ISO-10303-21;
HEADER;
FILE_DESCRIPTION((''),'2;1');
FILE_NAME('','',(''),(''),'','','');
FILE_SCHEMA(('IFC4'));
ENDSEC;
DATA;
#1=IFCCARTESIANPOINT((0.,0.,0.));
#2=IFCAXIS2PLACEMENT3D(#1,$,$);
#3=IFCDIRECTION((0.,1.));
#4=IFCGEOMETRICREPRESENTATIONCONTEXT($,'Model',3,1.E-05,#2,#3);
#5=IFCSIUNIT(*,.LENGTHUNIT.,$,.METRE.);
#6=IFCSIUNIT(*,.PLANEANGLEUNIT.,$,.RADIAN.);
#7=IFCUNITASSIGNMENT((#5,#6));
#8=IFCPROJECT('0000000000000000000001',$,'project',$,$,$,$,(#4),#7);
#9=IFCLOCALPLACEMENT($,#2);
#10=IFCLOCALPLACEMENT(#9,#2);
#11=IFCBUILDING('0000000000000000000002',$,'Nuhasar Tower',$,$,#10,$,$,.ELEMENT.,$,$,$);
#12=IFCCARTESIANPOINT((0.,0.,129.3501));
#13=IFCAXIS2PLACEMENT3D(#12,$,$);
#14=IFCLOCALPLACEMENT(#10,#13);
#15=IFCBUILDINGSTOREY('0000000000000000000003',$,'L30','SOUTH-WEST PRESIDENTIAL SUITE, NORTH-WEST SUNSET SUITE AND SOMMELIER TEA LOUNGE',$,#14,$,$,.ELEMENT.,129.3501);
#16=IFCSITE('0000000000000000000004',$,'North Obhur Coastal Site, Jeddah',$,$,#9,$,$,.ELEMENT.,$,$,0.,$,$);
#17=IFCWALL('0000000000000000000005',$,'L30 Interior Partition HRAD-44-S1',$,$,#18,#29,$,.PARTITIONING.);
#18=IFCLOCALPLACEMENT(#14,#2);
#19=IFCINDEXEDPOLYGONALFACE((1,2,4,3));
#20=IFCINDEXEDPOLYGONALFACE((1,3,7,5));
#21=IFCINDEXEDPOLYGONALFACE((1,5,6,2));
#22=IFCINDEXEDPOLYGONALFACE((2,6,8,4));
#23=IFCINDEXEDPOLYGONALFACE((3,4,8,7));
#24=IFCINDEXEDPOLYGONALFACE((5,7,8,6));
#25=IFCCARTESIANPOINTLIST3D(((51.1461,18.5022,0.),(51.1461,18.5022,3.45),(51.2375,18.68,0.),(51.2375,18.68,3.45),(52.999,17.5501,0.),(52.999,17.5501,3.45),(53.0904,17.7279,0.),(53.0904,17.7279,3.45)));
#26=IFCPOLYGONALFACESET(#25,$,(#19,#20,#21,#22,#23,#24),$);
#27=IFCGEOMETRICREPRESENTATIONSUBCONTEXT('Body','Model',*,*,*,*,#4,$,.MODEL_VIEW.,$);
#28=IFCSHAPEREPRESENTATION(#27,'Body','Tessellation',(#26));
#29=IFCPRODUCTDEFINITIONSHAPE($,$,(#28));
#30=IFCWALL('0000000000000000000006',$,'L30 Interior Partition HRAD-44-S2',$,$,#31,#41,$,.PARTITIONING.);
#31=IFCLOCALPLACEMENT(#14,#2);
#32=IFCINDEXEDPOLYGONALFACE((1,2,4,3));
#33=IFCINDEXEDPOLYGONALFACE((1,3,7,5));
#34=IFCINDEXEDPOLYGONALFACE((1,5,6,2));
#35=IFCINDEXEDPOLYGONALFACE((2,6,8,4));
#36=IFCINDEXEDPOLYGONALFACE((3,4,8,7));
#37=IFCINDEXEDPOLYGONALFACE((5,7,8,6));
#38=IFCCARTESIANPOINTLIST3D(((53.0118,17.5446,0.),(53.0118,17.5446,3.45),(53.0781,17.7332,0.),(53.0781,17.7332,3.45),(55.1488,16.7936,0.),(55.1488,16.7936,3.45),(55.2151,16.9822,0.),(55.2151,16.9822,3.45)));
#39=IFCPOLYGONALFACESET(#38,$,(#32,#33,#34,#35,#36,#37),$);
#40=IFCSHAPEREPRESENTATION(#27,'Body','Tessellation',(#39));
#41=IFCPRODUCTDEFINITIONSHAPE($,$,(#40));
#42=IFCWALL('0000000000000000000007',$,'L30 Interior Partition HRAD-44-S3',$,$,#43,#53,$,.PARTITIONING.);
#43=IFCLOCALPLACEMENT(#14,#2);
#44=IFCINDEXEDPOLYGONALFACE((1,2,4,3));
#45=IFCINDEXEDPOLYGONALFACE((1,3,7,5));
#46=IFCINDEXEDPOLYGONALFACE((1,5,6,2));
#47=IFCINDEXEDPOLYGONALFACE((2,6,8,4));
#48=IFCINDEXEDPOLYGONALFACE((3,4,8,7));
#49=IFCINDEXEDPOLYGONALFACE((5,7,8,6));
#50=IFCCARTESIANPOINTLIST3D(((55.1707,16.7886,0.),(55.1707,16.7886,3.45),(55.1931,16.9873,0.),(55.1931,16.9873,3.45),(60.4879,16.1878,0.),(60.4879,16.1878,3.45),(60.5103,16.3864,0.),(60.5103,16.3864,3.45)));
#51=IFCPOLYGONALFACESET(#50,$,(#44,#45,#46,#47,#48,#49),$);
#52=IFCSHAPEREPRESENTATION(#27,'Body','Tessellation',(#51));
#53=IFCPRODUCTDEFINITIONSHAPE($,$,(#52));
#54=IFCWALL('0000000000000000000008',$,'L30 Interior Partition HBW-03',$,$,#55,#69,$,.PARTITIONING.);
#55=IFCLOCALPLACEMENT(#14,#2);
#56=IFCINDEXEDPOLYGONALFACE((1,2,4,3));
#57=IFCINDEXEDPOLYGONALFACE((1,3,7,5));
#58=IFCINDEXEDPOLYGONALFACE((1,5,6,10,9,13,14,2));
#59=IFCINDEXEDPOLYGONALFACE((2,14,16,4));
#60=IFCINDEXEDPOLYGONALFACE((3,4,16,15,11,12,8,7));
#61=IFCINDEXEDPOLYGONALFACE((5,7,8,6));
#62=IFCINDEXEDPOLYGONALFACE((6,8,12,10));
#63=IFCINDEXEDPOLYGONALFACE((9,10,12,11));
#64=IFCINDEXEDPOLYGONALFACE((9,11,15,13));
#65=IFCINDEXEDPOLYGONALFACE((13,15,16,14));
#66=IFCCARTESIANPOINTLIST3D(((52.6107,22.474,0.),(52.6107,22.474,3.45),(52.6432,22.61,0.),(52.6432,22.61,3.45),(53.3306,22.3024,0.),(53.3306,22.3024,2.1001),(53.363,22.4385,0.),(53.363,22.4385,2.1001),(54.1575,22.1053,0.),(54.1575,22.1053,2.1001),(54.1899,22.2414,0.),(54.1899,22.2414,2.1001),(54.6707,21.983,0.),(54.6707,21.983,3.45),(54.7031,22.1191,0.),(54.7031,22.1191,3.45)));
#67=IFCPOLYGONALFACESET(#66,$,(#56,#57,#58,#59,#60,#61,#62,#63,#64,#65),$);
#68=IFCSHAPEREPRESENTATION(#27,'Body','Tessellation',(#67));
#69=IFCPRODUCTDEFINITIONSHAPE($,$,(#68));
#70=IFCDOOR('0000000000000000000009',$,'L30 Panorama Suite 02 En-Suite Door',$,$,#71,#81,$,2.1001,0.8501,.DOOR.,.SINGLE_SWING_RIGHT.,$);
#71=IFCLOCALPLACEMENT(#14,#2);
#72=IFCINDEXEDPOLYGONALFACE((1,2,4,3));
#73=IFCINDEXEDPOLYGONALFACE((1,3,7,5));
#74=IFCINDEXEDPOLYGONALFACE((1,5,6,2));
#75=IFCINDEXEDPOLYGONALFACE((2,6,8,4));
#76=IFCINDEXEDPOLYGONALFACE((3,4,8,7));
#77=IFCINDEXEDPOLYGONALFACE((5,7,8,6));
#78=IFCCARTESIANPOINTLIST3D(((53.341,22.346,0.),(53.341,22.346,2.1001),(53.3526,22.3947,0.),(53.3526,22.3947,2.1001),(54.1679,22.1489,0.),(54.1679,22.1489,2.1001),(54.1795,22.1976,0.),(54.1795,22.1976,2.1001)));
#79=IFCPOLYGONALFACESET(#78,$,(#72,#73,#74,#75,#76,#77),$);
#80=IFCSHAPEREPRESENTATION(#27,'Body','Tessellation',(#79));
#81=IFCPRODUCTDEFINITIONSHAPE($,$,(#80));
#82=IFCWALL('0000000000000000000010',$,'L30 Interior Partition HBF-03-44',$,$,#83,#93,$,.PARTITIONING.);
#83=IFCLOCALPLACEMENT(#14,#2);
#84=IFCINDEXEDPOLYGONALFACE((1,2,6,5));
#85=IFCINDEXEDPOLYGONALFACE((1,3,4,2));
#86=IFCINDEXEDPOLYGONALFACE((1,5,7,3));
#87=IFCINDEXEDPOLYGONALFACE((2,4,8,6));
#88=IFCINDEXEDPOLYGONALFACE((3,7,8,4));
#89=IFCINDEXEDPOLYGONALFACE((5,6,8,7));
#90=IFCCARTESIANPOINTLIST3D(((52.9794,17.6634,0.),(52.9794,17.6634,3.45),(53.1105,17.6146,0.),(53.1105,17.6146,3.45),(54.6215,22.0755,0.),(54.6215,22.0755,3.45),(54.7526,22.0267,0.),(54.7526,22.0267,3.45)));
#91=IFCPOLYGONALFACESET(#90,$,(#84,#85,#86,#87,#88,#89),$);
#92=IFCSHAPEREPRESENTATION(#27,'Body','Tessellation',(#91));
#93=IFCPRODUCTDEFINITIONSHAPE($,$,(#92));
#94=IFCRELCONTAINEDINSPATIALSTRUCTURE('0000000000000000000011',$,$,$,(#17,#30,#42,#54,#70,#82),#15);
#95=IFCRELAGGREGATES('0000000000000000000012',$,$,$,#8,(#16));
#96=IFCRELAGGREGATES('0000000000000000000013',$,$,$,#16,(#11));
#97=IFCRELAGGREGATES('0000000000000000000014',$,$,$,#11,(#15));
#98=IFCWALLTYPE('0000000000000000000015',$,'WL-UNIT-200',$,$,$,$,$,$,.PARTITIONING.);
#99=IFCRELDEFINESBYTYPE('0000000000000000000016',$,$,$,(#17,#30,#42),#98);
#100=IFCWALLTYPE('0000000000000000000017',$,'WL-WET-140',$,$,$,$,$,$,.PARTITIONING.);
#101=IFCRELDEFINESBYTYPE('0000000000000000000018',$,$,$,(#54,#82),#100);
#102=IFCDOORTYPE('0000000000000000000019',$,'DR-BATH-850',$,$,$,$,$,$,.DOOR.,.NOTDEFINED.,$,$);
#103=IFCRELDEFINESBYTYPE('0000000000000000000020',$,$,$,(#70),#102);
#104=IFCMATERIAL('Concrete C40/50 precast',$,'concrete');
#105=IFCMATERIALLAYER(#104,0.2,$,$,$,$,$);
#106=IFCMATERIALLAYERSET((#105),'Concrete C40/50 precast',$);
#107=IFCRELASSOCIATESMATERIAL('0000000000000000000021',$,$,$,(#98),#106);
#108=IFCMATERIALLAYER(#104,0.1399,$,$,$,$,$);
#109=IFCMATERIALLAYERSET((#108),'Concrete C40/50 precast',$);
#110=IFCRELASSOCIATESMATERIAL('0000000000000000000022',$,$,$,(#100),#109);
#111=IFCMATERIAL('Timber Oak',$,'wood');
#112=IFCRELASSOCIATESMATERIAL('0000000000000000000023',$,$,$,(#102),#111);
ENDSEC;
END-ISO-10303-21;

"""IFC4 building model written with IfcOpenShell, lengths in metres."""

from ifc_helpers import new_model, si_unit, direction, frame, frame_2d, origin, place, context, subcontext, project, spatial, rectangle, extrude, material, layer, layer_set, type_object, element, fill, save


model = new_model("IFC4")

# Units and contexts
model_context = context("Model", 3, precision=1e-05, world=origin(), true_north=direction((0.0, 1.0)))
body_context = subcontext(model_context, "Body", "Model", "MODEL_VIEW")
ifc_project = project(units=[si_unit("LENGTHUNIT", "METRE"), si_unit("PLANEANGLEUNIT", "RADIAN")], contexts=[model_context])

# Site, building, storey
site_placement = place(None, origin())
site = spatial("IfcSite", under=ifc_project, at=site_placement, Name="North Obhur Coastal Site, Jeddah", CompositionType="ELEMENT", RefElevation=0.0)
building_placement = place(site_placement, origin())
building = spatial("IfcBuilding", under=site, at=building_placement, Name="Nuhasar Tower", CompositionType="ELEMENT")
storey_placement = place(building_placement, frame((0.0, 0.0, 129.3501)))
storey = spatial("IfcBuildingStorey", under=building, at=storey_placement, Name="L30", Description="SOUTH-WEST PRESIDENTIAL SUITE, NORTH-WEST SUNSET SUITE AND SOMMELIER TEA LOUNGE", CompositionType="ELEMENT", Elevation=129.3501)

# Walls
ifc_material_1 = material(Name="Concrete C40/50 precast", Category="concrete")
ifc_layer_1 = layer(ifc_material_1, 0.2)
ifc_layer_set_1 = layer_set([ifc_layer_1], Name="Concrete C40/50 precast")
wall_type_1 = type_object("IfcWallType", Name="WL-UNIT-200", PredefinedType="PARTITIONING", material=ifc_layer_set_1)
wall_1_placement = place(storey_placement, frame((51.1919, 18.5911, 0.0), z_axis=(0.0, 0.0, 1.0), x_axis=(0.889451, -0.45703, 0.0)))
element("IfcWall", 1, at=wall_1_placement, inside=storey, type_object=wall_type_1, Name="L30 Interior Partition HRAD-44-S1", PredefinedType="PARTITIONING", context=body_context, shape_type="SweptSolid", body=[
    extrude(rectangle(XDim=2.0833, YDim=0.2, at=frame_2d((1.0415, 0.0))), origin(), (0.0, 0.0, 1.0), 3.45),
])
wall_2_placement = place(storey_placement, frame((53.0449, 17.6389, 0.0), z_axis=(0.0, 0.0, 1.0), x_axis=(0.943439, -0.331546, 0.0)))
element("IfcWall", 2, at=wall_2_placement, inside=storey, type_object=wall_type_1, Name="L30 Interior Partition HRAD-44-S2", PredefinedType="PARTITIONING", context=body_context, shape_type="SweptSolid", body=[
    extrude(rectangle(XDim=2.2651, YDim=0.2, at=frame_2d((1.1326, 0.0))), origin(), (0.0, 0.0, 1.0), 3.45),
])
wall_3_placement = place(storey_placement, frame((55.1819, 16.8879, 0.0), z_axis=(0.0, 0.0, 1.0), x_axis=(0.993676, -0.112284, 0.0)))
element("IfcWall", 3, at=wall_3_placement, inside=storey, type_object=wall_type_1, Name="L30 Interior Partition HRAD-44-S3", PredefinedType="PARTITIONING", context=body_context, shape_type="SweptSolid", body=[
    extrude(rectangle(XDim=5.3511, YDim=0.2, at=frame_2d((2.6755, 0.0))), origin(), (0.0, 0.0, 1.0), 3.45),
])

# Wall, opening, door
ifc_layer_2 = layer(ifc_material_1, 0.1399)
ifc_layer_set_2 = layer_set([ifc_layer_2], Name="Concrete C40/50 precast")
wall_type_2 = type_object("IfcWallType", Name="WL-WET-140", PredefinedType="PARTITIONING", material=ifc_layer_set_2)
wall_4_placement = place(storey_placement, frame((52.627, 22.542, 0.0), z_axis=(0.0, 0.0, 1.0), x_axis=(0.972755, -0.231834, 0.0)))
wall_4 = element("IfcWall", 4, at=wall_4_placement, inside=storey, type_object=wall_type_2, Name="L30 Interior Partition HBW-03", PredefinedType="PARTITIONING", context=body_context, shape_type="SweptSolid", body=[
    extrude(rectangle(XDim=2.1177, YDim=0.1399, at=frame_2d((1.0588, 0.0))), origin(), (0.0, 0.0, 1.0), 3.45),
])
opening_1_placement = place(wall_4_placement, frame((0.74, 0.0, 0.0)))
opening_1 = element("IfcOpeningElement", 5, at=opening_1_placement, cuts=wall_4, PredefinedType="OPENING", context=body_context, shape_type="SweptSolid", body=[
    extrude(rectangle(XDim=0.8501, YDim=2.1001, at=frame_2d((0.425, 1.05))), frame((0.0, 0.0801, 0.0), z_axis=(0.0, -1.0, 0.0), x_axis=(1.0, 0.0, 0.0)), (0.0, 0.0, 1.0), 0.1599),
])
ifc_material_2 = material(Name="Timber Oak", Category="wood")
door_type_1 = type_object("IfcDoorType", Name="DR-BATH-850", OperationType="NOTDEFINED", PredefinedType="DOOR", material=ifc_material_2)
door_1_placement = place(opening_1_placement, origin())
door_1 = element("IfcDoor", 6, at=door_1_placement, inside=storey, type_object=door_type_1, Name="L30 Panorama Suite 02 En-Suite Door", OperationType="SINGLE_SWING_RIGHT", OverallHeight=2.1001, OverallWidth=0.8501, PredefinedType="DOOR", context=body_context, shape_type="SweptSolid", body=[
    extrude(rectangle(XDim=0.8501, YDim=2.1001, at=frame_2d((0.425, 1.05))), frame((0.0, 0.0249, 0.0), z_axis=(0.0, -1.0, 0.0), x_axis=(1.0, 0.0, 0.0)), (0.0, 0.0, 1.0), 0.05),
])
fill(opening_1, door_1)

# Wall
wall_5_placement = place(storey_placement, frame((53.0449, 17.6389, 0.0), z_axis=(0.0, 0.0, 1.0), x_axis=(0.348804, 0.937196, 0.0)))
element("IfcWall", 7, at=wall_5_placement, inside=storey, type_object=wall_type_2, Name="L30 Interior Partition HBF-03-44", PredefinedType="PARTITIONING", context=body_context, shape_type="SweptSolid", body=[
    extrude(rectangle(XDim=4.7078, YDim=0.1399, at=frame_2d((2.354, 0.0))), origin(), (0.0, 0.0, 1.0), 3.45),
])

save(model, "model.ifc")
